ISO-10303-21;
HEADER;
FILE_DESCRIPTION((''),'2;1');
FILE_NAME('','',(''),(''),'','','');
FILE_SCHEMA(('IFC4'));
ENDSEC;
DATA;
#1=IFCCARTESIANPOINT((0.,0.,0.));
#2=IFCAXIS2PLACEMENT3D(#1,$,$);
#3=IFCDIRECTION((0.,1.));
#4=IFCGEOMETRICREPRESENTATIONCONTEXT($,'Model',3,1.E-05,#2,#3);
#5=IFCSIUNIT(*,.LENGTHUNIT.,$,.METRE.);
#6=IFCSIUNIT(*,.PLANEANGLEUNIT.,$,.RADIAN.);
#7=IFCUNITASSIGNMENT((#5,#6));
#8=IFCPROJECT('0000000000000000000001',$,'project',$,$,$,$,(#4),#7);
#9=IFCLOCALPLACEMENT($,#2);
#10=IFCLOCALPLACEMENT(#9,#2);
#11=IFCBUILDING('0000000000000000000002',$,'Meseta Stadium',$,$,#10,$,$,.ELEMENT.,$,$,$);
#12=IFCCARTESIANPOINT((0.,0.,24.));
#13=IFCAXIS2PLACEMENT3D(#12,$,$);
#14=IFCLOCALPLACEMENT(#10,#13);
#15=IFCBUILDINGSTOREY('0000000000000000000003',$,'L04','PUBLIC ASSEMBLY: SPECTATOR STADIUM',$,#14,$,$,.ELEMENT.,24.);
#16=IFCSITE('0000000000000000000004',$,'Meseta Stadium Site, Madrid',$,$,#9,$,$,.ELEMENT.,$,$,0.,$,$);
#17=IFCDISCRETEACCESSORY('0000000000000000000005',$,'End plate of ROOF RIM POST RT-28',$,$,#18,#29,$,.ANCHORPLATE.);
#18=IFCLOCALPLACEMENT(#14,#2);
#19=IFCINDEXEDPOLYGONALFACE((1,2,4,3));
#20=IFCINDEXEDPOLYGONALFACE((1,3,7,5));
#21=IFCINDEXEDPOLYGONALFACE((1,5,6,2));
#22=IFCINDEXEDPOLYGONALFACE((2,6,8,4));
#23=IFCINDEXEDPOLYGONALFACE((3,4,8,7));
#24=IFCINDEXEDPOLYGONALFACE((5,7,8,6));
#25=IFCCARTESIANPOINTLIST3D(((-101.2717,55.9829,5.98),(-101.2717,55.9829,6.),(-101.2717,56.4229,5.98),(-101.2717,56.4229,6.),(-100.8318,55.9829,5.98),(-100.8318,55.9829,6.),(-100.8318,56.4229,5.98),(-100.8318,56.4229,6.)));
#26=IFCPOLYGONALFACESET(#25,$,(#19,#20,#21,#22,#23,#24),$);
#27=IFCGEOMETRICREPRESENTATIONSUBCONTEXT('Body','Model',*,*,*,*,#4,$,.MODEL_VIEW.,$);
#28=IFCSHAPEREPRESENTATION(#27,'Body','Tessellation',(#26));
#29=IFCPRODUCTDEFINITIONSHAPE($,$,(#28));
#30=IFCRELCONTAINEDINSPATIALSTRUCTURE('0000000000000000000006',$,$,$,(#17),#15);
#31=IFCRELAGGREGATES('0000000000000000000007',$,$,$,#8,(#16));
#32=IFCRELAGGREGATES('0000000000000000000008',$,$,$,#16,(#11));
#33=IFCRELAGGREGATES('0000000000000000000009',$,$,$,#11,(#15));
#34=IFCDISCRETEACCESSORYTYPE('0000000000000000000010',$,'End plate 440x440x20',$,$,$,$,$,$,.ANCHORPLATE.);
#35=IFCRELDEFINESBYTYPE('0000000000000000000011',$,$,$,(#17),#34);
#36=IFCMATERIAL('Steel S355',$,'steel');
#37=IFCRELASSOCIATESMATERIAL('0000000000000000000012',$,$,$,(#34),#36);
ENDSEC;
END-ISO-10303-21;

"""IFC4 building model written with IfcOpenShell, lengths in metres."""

from ifc_helpers import new_model, si_unit, direction, frame, origin, origin_2d, place, context, subcontext, project, spatial, rectangle, extrude, material, material_profile, profile_set, type_object, element, save


model = new_model("IFC4")

# Units and contexts
model_context = context("Model", 3, precision=1e-05, world=origin(), true_north=direction((0.0, 1.0)))
body_context = subcontext(model_context, "Body", "Model", "MODEL_VIEW")
ifc_project = project(units=[si_unit("LENGTHUNIT", "METRE"), si_unit("PLANEANGLEUNIT", "RADIAN")], contexts=[model_context])

# Site, building, storey
site_placement = place(None, origin())
site = spatial("IfcSite", under=ifc_project, at=site_placement, Name="Meseta Stadium Site, Madrid", CompositionType="ELEMENT", RefElevation=0.0)
building_placement = place(site_placement, origin())
building = spatial("IfcBuilding", under=site, at=building_placement, Name="Meseta Stadium", CompositionType="ELEMENT")
storey_placement = place(building_placement, frame((0.0, 0.0, 24.0)))
storey = spatial("IfcBuildingStorey", under=building, at=storey_placement, Name="L04", Description="PUBLIC ASSEMBLY: SPECTATOR STADIUM", CompositionType="ELEMENT", Elevation=24.0)

# Discrete accessory
ifc_material_1 = material(Name="Steel S355", Category="steel")
ifc_material_profile_1 = material_profile(ifc_material_1, rectangle(XDim=0.4399, YDim=0.4399, at=origin_2d()), Name="PL 440x440")
ifc_profile_set_1 = profile_set([ifc_material_profile_1], Name="Steel S355")
discrete_accessory_type = type_object("IfcDiscreteAccessoryType", Name="End plate 440x440x20", PredefinedType="ANCHORPLATE", material=ifc_profile_set_1)
discrete_accessory_placement = place(storey_placement, frame((-101.0518, 56.2029, 5.98), z_axis=(0.0, 0.0, 1.0), x_axis=(1.0, 0.0, 0.0)))
element("IfcDiscreteAccessory", 1, at=discrete_accessory_placement, inside=storey, type_object=discrete_accessory_type, Name="End plate of ROOF RIM POST RT-28", PredefinedType="ANCHORPLATE", context=body_context, shape_type="SweptSolid", body=[
    extrude(rectangle(XDim=0.4399, YDim=0.4399, at=origin_2d()), origin(), (0.0, 0.0, 1.0), 0.02),
])

save(model, "model.ifc")
